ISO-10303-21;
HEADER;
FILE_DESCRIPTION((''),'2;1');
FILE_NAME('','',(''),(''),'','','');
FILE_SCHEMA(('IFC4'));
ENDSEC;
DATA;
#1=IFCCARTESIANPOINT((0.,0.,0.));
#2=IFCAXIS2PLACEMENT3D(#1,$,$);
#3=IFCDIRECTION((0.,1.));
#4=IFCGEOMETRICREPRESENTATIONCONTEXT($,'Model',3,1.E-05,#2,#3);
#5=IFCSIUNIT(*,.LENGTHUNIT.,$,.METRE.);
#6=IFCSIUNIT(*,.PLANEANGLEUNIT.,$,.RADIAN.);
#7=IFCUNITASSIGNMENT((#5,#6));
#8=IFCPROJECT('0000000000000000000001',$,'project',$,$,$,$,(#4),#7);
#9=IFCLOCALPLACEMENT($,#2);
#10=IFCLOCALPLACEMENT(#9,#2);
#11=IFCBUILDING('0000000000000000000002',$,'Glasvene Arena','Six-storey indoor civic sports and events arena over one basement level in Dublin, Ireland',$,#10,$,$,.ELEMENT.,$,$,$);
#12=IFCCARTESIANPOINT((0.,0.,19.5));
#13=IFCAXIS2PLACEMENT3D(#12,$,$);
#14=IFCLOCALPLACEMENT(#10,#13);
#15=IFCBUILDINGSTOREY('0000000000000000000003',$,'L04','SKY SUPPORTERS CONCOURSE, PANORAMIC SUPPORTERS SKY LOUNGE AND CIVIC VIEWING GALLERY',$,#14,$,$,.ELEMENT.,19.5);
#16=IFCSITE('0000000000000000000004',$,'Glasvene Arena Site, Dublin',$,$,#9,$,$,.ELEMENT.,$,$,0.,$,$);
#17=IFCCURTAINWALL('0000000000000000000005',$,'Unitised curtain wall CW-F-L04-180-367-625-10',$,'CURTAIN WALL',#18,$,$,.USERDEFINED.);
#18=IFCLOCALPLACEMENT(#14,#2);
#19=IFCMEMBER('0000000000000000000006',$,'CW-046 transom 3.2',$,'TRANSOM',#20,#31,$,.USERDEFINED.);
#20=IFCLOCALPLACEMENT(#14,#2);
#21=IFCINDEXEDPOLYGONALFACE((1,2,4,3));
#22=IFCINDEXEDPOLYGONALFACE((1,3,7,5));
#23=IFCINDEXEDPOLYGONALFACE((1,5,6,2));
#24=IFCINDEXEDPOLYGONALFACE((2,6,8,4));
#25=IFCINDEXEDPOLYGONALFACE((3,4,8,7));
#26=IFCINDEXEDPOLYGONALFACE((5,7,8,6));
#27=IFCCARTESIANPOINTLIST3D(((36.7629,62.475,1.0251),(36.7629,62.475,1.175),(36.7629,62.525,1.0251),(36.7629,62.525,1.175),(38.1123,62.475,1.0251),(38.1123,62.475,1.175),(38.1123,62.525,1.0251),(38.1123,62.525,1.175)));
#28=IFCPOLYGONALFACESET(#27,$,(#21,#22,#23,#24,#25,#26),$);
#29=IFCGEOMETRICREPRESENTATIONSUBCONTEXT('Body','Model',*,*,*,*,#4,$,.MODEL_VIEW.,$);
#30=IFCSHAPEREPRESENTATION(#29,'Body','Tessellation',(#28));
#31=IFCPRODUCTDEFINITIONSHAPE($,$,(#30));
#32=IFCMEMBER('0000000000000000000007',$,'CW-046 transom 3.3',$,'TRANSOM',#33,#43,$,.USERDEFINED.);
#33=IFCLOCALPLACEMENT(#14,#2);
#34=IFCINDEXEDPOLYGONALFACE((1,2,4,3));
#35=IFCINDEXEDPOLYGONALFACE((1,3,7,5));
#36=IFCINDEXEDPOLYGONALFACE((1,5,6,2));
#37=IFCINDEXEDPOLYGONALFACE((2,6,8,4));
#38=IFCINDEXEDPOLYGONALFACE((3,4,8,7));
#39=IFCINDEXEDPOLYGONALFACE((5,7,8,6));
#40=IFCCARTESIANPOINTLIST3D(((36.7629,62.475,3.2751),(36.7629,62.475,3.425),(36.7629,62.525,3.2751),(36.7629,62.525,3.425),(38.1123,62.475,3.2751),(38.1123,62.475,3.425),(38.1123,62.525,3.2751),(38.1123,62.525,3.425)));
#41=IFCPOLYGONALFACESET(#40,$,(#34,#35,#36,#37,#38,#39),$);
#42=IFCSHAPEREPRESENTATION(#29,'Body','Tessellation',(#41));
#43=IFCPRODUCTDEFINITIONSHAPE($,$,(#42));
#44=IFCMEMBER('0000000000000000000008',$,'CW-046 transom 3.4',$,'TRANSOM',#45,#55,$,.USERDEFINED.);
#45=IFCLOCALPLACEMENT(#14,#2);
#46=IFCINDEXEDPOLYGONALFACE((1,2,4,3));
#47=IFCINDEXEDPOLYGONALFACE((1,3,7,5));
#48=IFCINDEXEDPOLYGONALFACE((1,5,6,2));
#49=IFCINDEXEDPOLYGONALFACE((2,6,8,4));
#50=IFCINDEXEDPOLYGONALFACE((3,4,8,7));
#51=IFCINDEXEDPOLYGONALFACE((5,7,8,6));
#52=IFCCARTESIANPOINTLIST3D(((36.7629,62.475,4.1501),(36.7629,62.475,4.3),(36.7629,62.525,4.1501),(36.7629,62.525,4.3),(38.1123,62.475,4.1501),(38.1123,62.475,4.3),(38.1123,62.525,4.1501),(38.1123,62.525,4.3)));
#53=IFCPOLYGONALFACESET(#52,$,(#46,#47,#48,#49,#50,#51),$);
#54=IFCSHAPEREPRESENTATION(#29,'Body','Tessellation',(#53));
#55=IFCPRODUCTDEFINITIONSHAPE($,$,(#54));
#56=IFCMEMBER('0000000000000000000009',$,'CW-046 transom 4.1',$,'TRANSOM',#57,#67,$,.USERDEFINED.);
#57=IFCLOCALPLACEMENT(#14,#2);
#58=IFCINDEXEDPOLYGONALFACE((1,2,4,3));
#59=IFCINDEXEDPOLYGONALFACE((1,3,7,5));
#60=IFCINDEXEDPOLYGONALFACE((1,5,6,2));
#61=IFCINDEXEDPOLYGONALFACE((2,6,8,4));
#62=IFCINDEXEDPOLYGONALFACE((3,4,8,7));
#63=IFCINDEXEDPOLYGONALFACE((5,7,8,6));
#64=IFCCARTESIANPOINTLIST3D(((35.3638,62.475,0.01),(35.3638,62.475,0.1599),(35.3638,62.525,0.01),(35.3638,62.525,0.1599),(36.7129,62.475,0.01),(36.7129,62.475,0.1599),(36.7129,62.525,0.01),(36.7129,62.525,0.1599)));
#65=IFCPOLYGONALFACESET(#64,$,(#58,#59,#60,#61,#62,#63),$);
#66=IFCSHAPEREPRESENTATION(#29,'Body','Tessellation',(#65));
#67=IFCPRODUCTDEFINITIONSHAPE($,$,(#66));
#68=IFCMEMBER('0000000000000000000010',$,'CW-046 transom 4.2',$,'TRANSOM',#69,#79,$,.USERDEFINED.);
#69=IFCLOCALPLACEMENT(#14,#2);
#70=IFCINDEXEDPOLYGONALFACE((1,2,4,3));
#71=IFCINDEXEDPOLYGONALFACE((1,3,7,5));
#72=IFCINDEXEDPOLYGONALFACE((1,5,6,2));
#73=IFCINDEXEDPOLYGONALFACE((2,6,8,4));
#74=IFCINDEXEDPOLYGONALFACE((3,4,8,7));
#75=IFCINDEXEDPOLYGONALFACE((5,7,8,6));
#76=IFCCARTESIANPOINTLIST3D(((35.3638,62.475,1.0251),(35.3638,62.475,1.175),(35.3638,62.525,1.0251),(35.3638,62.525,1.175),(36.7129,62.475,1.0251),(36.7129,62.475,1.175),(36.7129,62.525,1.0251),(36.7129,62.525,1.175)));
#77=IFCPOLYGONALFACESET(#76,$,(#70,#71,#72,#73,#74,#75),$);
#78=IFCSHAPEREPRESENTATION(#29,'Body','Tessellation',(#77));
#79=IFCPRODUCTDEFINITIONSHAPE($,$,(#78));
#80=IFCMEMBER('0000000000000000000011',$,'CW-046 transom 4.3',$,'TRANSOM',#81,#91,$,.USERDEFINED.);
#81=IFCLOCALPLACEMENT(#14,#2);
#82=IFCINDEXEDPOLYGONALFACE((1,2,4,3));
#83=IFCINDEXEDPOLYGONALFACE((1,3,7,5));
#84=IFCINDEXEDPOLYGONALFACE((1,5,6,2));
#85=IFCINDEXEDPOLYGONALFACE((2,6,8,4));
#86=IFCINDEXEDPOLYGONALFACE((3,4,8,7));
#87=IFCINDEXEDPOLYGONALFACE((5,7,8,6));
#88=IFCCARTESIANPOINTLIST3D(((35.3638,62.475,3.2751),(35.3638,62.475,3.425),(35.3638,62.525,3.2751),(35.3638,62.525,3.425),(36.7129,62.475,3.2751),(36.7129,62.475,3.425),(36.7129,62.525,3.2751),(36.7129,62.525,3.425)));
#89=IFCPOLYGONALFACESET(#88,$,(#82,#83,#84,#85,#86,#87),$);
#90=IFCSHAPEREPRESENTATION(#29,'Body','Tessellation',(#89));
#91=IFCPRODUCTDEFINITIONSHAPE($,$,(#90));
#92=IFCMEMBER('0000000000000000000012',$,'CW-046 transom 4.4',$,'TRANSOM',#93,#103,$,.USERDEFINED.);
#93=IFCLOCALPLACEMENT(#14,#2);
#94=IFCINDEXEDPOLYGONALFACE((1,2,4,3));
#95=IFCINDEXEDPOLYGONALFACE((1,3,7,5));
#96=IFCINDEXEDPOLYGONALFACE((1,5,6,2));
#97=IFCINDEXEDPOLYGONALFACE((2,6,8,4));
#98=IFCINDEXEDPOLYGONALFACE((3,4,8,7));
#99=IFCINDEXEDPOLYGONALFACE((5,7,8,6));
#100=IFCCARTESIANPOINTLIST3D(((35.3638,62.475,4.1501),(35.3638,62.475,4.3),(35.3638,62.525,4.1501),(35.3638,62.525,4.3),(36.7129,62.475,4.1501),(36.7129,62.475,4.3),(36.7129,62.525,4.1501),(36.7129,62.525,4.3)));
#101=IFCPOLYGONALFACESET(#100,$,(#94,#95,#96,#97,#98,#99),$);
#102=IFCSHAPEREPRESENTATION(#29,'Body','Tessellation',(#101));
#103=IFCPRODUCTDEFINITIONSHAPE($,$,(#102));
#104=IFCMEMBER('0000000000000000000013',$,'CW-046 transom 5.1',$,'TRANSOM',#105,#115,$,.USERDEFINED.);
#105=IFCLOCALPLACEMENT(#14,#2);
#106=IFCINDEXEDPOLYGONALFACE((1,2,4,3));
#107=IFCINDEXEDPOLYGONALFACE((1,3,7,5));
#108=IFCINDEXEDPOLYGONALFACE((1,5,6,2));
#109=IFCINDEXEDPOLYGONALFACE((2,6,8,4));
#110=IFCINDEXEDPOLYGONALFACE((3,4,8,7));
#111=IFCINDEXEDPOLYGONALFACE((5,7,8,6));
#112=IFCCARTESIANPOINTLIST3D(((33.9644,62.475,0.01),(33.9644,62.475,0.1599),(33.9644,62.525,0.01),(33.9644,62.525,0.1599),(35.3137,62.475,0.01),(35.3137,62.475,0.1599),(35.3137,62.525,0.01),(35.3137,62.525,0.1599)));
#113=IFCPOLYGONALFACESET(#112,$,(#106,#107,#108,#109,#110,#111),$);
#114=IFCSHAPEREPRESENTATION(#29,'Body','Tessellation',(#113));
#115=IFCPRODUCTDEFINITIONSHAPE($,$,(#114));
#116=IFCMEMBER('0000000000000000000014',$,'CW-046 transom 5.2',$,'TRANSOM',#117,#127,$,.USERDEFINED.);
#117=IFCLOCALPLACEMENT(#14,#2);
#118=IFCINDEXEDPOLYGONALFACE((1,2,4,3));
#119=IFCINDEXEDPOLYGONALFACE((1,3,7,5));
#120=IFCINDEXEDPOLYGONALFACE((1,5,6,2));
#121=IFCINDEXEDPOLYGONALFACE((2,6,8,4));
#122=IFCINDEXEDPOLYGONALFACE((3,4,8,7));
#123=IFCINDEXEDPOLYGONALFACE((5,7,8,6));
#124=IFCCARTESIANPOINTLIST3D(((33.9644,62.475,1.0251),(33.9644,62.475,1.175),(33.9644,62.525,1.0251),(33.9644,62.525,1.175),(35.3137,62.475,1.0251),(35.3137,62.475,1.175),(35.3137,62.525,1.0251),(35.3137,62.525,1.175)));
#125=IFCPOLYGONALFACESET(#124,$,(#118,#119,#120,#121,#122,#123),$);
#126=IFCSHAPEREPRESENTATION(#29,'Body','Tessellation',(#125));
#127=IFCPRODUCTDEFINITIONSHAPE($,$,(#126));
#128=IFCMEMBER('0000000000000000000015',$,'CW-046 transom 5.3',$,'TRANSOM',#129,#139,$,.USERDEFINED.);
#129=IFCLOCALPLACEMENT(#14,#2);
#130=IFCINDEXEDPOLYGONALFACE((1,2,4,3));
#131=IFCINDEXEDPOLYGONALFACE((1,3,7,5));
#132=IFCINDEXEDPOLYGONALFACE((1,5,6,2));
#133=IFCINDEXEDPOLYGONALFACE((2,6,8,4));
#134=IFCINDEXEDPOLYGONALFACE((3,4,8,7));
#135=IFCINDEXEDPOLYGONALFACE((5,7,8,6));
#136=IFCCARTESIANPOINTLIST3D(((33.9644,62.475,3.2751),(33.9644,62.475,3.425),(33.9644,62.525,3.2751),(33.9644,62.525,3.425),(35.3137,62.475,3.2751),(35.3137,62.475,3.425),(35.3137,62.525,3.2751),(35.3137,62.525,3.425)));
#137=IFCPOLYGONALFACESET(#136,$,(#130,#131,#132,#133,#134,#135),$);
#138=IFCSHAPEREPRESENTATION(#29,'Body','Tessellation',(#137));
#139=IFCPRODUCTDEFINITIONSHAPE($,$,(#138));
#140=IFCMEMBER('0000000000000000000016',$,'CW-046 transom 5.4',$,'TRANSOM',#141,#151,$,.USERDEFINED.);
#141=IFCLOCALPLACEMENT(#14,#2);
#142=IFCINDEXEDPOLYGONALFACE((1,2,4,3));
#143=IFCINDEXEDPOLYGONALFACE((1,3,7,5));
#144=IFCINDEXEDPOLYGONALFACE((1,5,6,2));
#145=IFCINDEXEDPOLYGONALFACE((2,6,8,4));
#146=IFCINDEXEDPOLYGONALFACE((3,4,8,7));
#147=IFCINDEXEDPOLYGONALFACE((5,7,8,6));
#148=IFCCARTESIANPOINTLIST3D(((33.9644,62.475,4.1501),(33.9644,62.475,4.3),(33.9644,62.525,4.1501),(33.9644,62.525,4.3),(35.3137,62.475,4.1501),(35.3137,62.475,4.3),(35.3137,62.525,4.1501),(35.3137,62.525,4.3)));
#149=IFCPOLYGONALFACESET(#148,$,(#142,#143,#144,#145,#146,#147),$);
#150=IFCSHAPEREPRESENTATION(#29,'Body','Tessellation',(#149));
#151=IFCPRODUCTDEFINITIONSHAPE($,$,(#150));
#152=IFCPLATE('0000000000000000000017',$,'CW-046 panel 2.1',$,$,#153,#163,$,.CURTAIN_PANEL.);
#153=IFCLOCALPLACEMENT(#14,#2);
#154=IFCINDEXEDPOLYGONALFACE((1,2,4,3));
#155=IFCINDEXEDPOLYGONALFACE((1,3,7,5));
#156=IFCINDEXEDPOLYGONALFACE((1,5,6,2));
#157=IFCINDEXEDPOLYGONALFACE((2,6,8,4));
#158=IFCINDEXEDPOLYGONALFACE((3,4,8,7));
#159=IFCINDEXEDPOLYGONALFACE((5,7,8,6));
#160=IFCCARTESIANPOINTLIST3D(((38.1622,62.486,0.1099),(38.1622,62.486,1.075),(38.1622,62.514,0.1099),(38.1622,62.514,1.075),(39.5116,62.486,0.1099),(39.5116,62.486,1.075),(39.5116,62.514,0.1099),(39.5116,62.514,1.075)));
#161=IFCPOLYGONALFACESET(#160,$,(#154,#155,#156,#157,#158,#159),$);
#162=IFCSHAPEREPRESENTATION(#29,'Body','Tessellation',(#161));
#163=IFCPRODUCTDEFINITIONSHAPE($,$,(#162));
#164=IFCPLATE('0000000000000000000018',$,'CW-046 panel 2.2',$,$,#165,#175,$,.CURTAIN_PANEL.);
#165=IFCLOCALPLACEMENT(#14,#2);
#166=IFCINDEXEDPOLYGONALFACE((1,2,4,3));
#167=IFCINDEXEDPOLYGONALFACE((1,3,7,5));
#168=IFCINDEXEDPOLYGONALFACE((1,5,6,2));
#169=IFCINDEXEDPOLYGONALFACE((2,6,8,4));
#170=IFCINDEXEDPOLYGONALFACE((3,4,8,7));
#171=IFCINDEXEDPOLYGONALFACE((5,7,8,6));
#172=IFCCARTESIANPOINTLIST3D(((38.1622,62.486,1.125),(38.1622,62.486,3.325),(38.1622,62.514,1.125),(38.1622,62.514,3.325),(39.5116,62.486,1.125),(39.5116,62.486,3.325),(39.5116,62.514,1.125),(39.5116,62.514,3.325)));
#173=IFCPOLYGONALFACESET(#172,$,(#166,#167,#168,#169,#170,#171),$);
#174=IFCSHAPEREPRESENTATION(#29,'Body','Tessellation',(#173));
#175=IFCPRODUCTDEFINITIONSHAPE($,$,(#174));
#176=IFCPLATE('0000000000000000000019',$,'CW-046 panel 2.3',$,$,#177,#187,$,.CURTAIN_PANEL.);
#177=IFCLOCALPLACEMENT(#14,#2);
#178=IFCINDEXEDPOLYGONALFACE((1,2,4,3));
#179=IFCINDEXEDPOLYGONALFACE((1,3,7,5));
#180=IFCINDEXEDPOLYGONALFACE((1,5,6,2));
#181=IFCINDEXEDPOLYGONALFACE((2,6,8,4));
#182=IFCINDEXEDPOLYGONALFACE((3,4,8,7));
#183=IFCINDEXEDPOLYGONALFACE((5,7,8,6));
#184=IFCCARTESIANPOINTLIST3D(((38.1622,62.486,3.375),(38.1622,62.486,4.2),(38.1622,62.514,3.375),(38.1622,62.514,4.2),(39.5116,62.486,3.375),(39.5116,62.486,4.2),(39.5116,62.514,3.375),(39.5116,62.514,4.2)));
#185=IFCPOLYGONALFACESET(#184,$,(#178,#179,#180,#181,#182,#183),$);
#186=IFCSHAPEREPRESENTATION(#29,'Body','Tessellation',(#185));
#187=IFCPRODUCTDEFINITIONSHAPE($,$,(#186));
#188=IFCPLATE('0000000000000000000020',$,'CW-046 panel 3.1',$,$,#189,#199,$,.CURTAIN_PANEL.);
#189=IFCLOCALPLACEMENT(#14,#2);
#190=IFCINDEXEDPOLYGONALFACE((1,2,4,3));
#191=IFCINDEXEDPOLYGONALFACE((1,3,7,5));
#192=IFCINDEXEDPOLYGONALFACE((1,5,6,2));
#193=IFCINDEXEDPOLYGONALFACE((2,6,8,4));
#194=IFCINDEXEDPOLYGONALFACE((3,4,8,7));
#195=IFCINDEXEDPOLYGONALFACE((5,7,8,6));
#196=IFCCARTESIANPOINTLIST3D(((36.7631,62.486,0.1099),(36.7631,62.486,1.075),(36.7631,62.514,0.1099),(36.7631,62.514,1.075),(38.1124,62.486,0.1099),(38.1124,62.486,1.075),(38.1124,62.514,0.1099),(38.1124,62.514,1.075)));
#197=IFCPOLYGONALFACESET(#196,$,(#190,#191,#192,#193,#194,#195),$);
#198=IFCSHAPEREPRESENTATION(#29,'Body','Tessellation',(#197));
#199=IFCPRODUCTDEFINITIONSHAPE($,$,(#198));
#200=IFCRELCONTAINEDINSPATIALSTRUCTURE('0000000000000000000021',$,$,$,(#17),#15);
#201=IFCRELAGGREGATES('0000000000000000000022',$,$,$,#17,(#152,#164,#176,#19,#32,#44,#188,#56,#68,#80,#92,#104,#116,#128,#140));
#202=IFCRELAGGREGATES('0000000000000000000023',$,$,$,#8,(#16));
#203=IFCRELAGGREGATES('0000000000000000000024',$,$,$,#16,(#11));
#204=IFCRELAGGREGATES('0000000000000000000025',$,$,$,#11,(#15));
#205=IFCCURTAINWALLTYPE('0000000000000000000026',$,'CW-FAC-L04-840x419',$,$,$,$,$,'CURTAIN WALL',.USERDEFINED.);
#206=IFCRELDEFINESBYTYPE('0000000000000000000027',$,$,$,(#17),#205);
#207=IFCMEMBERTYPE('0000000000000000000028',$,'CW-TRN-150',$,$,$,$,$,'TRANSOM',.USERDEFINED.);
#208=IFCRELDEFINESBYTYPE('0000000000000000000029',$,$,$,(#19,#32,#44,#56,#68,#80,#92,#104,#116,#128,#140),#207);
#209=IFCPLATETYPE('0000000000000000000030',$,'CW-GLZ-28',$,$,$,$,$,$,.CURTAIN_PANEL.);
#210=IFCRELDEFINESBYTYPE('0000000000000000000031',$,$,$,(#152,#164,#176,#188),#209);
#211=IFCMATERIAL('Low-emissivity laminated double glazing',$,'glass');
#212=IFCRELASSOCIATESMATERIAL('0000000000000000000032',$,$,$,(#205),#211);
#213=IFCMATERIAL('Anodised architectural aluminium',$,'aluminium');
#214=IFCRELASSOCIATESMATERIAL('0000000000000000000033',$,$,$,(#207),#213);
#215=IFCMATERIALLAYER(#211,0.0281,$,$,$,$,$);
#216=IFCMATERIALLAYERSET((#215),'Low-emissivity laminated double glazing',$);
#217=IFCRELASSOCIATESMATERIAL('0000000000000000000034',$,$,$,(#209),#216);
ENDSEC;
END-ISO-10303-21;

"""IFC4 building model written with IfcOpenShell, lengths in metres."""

from ifc_helpers import new_model, si_unit, direction, frame, origin, origin_2d, place, context, subcontext, project, spatial, rectangle, extrude, material, layer, layer_set, material_profile, profile_set, type_object, element, aggregate, save


model = new_model("IFC4")

# Units and contexts
model_context = context("Model", 3, precision=1e-05, world=origin(), true_north=direction((0.0, 1.0)))
body_context = subcontext(model_context, "Body", "Model", "MODEL_VIEW")
ifc_project = project(units=[si_unit("LENGTHUNIT", "METRE"), si_unit("PLANEANGLEUNIT", "RADIAN")], contexts=[model_context])

# Site, building, storey
site_placement = place(None, origin())
site = spatial("IfcSite", under=ifc_project, at=site_placement, Name="Glasvene Arena Site, Dublin", CompositionType="ELEMENT", RefElevation=0.0)
building_placement = place(site_placement, origin())
building = spatial("IfcBuilding", under=site, at=building_placement, Name="Glasvene Arena", Description="Six-storey indoor civic sports and events arena over one basement level in Dublin, Ireland", CompositionType="ELEMENT")
storey_placement = place(building_placement, frame((0.0, 0.0, 19.5)))
storey = spatial("IfcBuildingStorey", under=building, at=storey_placement, Name="L04", Description="SKY SUPPORTERS CONCOURSE, PANORAMIC SUPPORTERS SKY LOUNGE AND CIVIC VIEWING GALLERY", CompositionType="ELEMENT", Elevation=19.5)

# Curtain wall, members, plates
ifc_material_1 = material(Name="Low-emissivity laminated double glazing", Category="glass")
curtain_wall_type = type_object("IfcCurtainWallType", Name="CW-FAC-L04-840x419", ElementType="CURTAIN WALL", PredefinedType="USERDEFINED", material=ifc_material_1)
curtain_wall_placement = place(storey_placement, frame((40.936, 62.5, 0.0)))
curtain_wall = element("IfcCurtainWall", 1, at=curtain_wall_placement, inside=storey, type_object=curtain_wall_type, Name="Unitised curtain wall CW-F-L04-180-367-625-10", ObjectType="CURTAIN WALL", PredefinedType="USERDEFINED")
ifc_material_2 = material(Name="Anodised architectural aluminium", Category="aluminium")
ifc_material_profile_1 = material_profile(ifc_material_2, rectangle(XDim=0.05, YDim=0.1499, at=origin_2d()), Name="ALU TRANSOM 50x150")
ifc_profile_set_1 = profile_set([ifc_material_profile_1], Name="Anodised architectural aluminium")
member_type_1 = type_object("IfcMemberType", Name="CW-TRN-150", ElementType="TRANSOM", PredefinedType="USERDEFINED", material=ifc_profile_set_1)
member_1_placement = place(storey_placement, frame((38.1123, 62.5, 1.1001), z_axis=(-1.0, 0.0, 0.0), x_axis=(0.0, -1.0, 0.0)))
member_1 = element("IfcMember", 2, at=member_1_placement, type_object=member_type_1, Name="CW-046 transom 3.2", ObjectType="TRANSOM", PredefinedType="USERDEFINED", context=body_context, shape_type="SweptSolid", body=[
    extrude(rectangle(XDim=0.05, YDim=0.1499, at=origin_2d()), origin(), (0.0, 0.0, 1.0), 1.3494),
])
member_2_placement = place(storey_placement, frame((38.1123, 62.5, 3.3501), z_axis=(-1.0, 0.0, 0.0), x_axis=(0.0, -1.0, 0.0)))
member_2 = element("IfcMember", 3, at=member_2_placement, type_object=member_type_1, Name="CW-046 transom 3.3", ObjectType="TRANSOM", PredefinedType="USERDEFINED", context=body_context, shape_type="SweptSolid", body=[
    extrude(rectangle(XDim=0.05, YDim=0.1499, at=origin_2d()), origin(), (0.0, 0.0, 1.0), 1.3494),
])
member_3_placement = place(storey_placement, frame((38.1123, 62.5, 4.2251), z_axis=(-1.0, 0.0, 0.0), x_axis=(0.0, -1.0, 0.0)))
member_3 = element("IfcMember", 4, at=member_3_placement, type_object=member_type_1, Name="CW-046 transom 3.4", ObjectType="TRANSOM", PredefinedType="USERDEFINED", context=body_context, shape_type="SweptSolid", body=[
    extrude(rectangle(XDim=0.05, YDim=0.1499, at=origin_2d()), origin(), (0.0, 0.0, 1.0), 1.3494),
])
member_4_placement = place(storey_placement, frame((36.7129, 62.5, 0.085), z_axis=(-1.0, 0.0, 0.0), x_axis=(0.0, -1.0, 0.0)))
member_4 = element("IfcMember", 5, at=member_4_placement, type_object=member_type_1, Name="CW-046 transom 4.1", ObjectType="TRANSOM", PredefinedType="USERDEFINED", context=body_context, shape_type="SweptSolid", body=[
    extrude(rectangle(XDim=0.05, YDim=0.1499, at=origin_2d()), origin(), (0.0, 0.0, 1.0), 1.3491),
])
member_5_placement = place(storey_placement, frame((36.7129, 62.5, 1.1001), z_axis=(-1.0, 0.0, 0.0), x_axis=(0.0, -1.0, 0.0)))
member_5 = element("IfcMember", 6, at=member_5_placement, type_object=member_type_1, Name="CW-046 transom 4.2", ObjectType="TRANSOM", PredefinedType="USERDEFINED", context=body_context, shape_type="SweptSolid", body=[
    extrude(rectangle(XDim=0.05, YDim=0.1499, at=origin_2d()), origin(), (0.0, 0.0, 1.0), 1.3491),
])
member_6_placement = place(storey_placement, frame((36.7129, 62.5, 3.3501), z_axis=(-1.0, 0.0, 0.0), x_axis=(0.0, -1.0, 0.0)))
member_6 = element("IfcMember", 7, at=member_6_placement, type_object=member_type_1, Name="CW-046 transom 4.3", ObjectType="TRANSOM", PredefinedType="USERDEFINED", context=body_context, shape_type="SweptSolid", body=[
    extrude(rectangle(XDim=0.05, YDim=0.1499, at=origin_2d()), origin(), (0.0, 0.0, 1.0), 1.3491),
])
member_7_placement = place(storey_placement, frame((36.7129, 62.5, 4.2251), z_axis=(-1.0, 0.0, 0.0), x_axis=(0.0, -1.0, 0.0)))
member_7 = element("IfcMember", 8, at=member_7_placement, type_object=member_type_1, Name="CW-046 transom 4.4", ObjectType="TRANSOM", PredefinedType="USERDEFINED", context=body_context, shape_type="SweptSolid", body=[
    extrude(rectangle(XDim=0.05, YDim=0.1499, at=origin_2d()), origin(), (0.0, 0.0, 1.0), 1.3491),
])
member_8_placement = place(storey_placement, frame((35.3137, 62.5, 0.085), z_axis=(-1.0, 0.0, 0.0), x_axis=(0.0, -1.0, 0.0)))
member_8 = element("IfcMember", 9, at=member_8_placement, type_object=member_type_1, Name="CW-046 transom 5.1", ObjectType="TRANSOM", PredefinedType="USERDEFINED", context=body_context, shape_type="SweptSolid", body=[
    extrude(rectangle(XDim=0.05, YDim=0.1499, at=origin_2d()), origin(), (0.0, 0.0, 1.0), 1.3494),
])
member_9_placement = place(storey_placement, frame((35.3137, 62.5, 1.1001), z_axis=(-1.0, 0.0, 0.0), x_axis=(0.0, -1.0, 0.0)))
member_9 = element("IfcMember", 10, at=member_9_placement, type_object=member_type_1, Name="CW-046 transom 5.2", ObjectType="TRANSOM", PredefinedType="USERDEFINED", context=body_context, shape_type="SweptSolid", body=[
    extrude(rectangle(XDim=0.05, YDim=0.1499, at=origin_2d()), origin(), (0.0, 0.0, 1.0), 1.3494),
])
member_10_placement = place(storey_placement, frame((35.3137, 62.5, 3.3501), z_axis=(-1.0, 0.0, 0.0), x_axis=(0.0, -1.0, 0.0)))
member_10 = element("IfcMember", 11, at=member_10_placement, type_object=member_type_1, Name="CW-046 transom 5.3", ObjectType="TRANSOM", PredefinedType="USERDEFINED", context=body_context, shape_type="SweptSolid", body=[
    extrude(rectangle(XDim=0.05, YDim=0.1499, at=origin_2d()), origin(), (0.0, 0.0, 1.0), 1.3494),
])
member_11_placement = place(storey_placement, frame((35.3137, 62.5, 4.2251), z_axis=(-1.0, 0.0, 0.0), x_axis=(0.0, -1.0, 0.0)))
member_11 = element("IfcMember", 12, at=member_11_placement, type_object=member_type_1, Name="CW-046 transom 5.4", ObjectType="TRANSOM", PredefinedType="USERDEFINED", context=body_context, shape_type="SweptSolid", body=[
    extrude(rectangle(XDim=0.05, YDim=0.1499, at=origin_2d()), origin(), (0.0, 0.0, 1.0), 1.3494),
])
ifc_layer_1 = layer(ifc_material_1, 0.0281)
ifc_layer_set_1 = layer_set([ifc_layer_1], Name="Low-emissivity laminated double glazing")
plate_type = type_object("IfcPlateType", Name="CW-GLZ-28", PredefinedType="CURTAIN_PANEL", material=ifc_layer_set_1)
plate_1_placement = place(storey_placement, frame((38.8369, 62.5, 0.1099), z_axis=(0.0, 0.0, 1.0), x_axis=(-1.0, 0.0, 0.0)))
plate_1 = element("IfcPlate", 13, at=plate_1_placement, type_object=plate_type, Name="CW-046 panel 2.1", PredefinedType="CURTAIN_PANEL", context=body_context, shape_type="SweptSolid", body=[
    extrude(rectangle(XDim=1.3494, YDim=0.0281, at=origin_2d()), origin(), (0.0, 0.0, 1.0), 0.9651),
])
plate_2_placement = place(storey_placement, frame((38.8369, 62.5, 1.125), z_axis=(0.0, 0.0, 1.0), x_axis=(-1.0, 0.0, 0.0)))
plate_2 = element("IfcPlate", 14, at=plate_2_placement, type_object=plate_type, Name="CW-046 panel 2.2", PredefinedType="CURTAIN_PANEL", context=body_context, shape_type="SweptSolid", body=[
    extrude(rectangle(XDim=1.3494, YDim=0.0281, at=origin_2d()), origin(), (0.0, 0.0, 1.0), 2.2),
])
plate_3_placement = place(storey_placement, frame((38.8369, 62.5, 3.375), z_axis=(0.0, 0.0, 1.0), x_axis=(-1.0, 0.0, 0.0)))
plate_3 = element("IfcPlate", 15, at=plate_3_placement, type_object=plate_type, Name="CW-046 panel 2.3", PredefinedType="CURTAIN_PANEL", context=body_context, shape_type="SweptSolid", body=[
    extrude(rectangle(XDim=1.3494, YDim=0.0281, at=origin_2d()), origin(), (0.0, 0.0, 1.0), 0.825),
])
plate_4_placement = place(storey_placement, frame((37.4377, 62.5, 0.1099), z_axis=(0.0, 0.0, 1.0), x_axis=(-1.0, 0.0, 0.0)))
plate_4 = element("IfcPlate", 16, at=plate_4_placement, type_object=plate_type, Name="CW-046 panel 3.1", PredefinedType="CURTAIN_PANEL", context=body_context, shape_type="SweptSolid", body=[
    extrude(rectangle(XDim=1.3494, YDim=0.0281, at=origin_2d()), origin(), (0.0, 0.0, 1.0), 0.9651),
])
aggregate(curtain_wall, [plate_1, plate_2, plate_3, member_1, member_2, member_3, plate_4, member_4, member_5, member_6, member_7, member_8, member_9, member_10, member_11])

save(model, "model.ifc")
